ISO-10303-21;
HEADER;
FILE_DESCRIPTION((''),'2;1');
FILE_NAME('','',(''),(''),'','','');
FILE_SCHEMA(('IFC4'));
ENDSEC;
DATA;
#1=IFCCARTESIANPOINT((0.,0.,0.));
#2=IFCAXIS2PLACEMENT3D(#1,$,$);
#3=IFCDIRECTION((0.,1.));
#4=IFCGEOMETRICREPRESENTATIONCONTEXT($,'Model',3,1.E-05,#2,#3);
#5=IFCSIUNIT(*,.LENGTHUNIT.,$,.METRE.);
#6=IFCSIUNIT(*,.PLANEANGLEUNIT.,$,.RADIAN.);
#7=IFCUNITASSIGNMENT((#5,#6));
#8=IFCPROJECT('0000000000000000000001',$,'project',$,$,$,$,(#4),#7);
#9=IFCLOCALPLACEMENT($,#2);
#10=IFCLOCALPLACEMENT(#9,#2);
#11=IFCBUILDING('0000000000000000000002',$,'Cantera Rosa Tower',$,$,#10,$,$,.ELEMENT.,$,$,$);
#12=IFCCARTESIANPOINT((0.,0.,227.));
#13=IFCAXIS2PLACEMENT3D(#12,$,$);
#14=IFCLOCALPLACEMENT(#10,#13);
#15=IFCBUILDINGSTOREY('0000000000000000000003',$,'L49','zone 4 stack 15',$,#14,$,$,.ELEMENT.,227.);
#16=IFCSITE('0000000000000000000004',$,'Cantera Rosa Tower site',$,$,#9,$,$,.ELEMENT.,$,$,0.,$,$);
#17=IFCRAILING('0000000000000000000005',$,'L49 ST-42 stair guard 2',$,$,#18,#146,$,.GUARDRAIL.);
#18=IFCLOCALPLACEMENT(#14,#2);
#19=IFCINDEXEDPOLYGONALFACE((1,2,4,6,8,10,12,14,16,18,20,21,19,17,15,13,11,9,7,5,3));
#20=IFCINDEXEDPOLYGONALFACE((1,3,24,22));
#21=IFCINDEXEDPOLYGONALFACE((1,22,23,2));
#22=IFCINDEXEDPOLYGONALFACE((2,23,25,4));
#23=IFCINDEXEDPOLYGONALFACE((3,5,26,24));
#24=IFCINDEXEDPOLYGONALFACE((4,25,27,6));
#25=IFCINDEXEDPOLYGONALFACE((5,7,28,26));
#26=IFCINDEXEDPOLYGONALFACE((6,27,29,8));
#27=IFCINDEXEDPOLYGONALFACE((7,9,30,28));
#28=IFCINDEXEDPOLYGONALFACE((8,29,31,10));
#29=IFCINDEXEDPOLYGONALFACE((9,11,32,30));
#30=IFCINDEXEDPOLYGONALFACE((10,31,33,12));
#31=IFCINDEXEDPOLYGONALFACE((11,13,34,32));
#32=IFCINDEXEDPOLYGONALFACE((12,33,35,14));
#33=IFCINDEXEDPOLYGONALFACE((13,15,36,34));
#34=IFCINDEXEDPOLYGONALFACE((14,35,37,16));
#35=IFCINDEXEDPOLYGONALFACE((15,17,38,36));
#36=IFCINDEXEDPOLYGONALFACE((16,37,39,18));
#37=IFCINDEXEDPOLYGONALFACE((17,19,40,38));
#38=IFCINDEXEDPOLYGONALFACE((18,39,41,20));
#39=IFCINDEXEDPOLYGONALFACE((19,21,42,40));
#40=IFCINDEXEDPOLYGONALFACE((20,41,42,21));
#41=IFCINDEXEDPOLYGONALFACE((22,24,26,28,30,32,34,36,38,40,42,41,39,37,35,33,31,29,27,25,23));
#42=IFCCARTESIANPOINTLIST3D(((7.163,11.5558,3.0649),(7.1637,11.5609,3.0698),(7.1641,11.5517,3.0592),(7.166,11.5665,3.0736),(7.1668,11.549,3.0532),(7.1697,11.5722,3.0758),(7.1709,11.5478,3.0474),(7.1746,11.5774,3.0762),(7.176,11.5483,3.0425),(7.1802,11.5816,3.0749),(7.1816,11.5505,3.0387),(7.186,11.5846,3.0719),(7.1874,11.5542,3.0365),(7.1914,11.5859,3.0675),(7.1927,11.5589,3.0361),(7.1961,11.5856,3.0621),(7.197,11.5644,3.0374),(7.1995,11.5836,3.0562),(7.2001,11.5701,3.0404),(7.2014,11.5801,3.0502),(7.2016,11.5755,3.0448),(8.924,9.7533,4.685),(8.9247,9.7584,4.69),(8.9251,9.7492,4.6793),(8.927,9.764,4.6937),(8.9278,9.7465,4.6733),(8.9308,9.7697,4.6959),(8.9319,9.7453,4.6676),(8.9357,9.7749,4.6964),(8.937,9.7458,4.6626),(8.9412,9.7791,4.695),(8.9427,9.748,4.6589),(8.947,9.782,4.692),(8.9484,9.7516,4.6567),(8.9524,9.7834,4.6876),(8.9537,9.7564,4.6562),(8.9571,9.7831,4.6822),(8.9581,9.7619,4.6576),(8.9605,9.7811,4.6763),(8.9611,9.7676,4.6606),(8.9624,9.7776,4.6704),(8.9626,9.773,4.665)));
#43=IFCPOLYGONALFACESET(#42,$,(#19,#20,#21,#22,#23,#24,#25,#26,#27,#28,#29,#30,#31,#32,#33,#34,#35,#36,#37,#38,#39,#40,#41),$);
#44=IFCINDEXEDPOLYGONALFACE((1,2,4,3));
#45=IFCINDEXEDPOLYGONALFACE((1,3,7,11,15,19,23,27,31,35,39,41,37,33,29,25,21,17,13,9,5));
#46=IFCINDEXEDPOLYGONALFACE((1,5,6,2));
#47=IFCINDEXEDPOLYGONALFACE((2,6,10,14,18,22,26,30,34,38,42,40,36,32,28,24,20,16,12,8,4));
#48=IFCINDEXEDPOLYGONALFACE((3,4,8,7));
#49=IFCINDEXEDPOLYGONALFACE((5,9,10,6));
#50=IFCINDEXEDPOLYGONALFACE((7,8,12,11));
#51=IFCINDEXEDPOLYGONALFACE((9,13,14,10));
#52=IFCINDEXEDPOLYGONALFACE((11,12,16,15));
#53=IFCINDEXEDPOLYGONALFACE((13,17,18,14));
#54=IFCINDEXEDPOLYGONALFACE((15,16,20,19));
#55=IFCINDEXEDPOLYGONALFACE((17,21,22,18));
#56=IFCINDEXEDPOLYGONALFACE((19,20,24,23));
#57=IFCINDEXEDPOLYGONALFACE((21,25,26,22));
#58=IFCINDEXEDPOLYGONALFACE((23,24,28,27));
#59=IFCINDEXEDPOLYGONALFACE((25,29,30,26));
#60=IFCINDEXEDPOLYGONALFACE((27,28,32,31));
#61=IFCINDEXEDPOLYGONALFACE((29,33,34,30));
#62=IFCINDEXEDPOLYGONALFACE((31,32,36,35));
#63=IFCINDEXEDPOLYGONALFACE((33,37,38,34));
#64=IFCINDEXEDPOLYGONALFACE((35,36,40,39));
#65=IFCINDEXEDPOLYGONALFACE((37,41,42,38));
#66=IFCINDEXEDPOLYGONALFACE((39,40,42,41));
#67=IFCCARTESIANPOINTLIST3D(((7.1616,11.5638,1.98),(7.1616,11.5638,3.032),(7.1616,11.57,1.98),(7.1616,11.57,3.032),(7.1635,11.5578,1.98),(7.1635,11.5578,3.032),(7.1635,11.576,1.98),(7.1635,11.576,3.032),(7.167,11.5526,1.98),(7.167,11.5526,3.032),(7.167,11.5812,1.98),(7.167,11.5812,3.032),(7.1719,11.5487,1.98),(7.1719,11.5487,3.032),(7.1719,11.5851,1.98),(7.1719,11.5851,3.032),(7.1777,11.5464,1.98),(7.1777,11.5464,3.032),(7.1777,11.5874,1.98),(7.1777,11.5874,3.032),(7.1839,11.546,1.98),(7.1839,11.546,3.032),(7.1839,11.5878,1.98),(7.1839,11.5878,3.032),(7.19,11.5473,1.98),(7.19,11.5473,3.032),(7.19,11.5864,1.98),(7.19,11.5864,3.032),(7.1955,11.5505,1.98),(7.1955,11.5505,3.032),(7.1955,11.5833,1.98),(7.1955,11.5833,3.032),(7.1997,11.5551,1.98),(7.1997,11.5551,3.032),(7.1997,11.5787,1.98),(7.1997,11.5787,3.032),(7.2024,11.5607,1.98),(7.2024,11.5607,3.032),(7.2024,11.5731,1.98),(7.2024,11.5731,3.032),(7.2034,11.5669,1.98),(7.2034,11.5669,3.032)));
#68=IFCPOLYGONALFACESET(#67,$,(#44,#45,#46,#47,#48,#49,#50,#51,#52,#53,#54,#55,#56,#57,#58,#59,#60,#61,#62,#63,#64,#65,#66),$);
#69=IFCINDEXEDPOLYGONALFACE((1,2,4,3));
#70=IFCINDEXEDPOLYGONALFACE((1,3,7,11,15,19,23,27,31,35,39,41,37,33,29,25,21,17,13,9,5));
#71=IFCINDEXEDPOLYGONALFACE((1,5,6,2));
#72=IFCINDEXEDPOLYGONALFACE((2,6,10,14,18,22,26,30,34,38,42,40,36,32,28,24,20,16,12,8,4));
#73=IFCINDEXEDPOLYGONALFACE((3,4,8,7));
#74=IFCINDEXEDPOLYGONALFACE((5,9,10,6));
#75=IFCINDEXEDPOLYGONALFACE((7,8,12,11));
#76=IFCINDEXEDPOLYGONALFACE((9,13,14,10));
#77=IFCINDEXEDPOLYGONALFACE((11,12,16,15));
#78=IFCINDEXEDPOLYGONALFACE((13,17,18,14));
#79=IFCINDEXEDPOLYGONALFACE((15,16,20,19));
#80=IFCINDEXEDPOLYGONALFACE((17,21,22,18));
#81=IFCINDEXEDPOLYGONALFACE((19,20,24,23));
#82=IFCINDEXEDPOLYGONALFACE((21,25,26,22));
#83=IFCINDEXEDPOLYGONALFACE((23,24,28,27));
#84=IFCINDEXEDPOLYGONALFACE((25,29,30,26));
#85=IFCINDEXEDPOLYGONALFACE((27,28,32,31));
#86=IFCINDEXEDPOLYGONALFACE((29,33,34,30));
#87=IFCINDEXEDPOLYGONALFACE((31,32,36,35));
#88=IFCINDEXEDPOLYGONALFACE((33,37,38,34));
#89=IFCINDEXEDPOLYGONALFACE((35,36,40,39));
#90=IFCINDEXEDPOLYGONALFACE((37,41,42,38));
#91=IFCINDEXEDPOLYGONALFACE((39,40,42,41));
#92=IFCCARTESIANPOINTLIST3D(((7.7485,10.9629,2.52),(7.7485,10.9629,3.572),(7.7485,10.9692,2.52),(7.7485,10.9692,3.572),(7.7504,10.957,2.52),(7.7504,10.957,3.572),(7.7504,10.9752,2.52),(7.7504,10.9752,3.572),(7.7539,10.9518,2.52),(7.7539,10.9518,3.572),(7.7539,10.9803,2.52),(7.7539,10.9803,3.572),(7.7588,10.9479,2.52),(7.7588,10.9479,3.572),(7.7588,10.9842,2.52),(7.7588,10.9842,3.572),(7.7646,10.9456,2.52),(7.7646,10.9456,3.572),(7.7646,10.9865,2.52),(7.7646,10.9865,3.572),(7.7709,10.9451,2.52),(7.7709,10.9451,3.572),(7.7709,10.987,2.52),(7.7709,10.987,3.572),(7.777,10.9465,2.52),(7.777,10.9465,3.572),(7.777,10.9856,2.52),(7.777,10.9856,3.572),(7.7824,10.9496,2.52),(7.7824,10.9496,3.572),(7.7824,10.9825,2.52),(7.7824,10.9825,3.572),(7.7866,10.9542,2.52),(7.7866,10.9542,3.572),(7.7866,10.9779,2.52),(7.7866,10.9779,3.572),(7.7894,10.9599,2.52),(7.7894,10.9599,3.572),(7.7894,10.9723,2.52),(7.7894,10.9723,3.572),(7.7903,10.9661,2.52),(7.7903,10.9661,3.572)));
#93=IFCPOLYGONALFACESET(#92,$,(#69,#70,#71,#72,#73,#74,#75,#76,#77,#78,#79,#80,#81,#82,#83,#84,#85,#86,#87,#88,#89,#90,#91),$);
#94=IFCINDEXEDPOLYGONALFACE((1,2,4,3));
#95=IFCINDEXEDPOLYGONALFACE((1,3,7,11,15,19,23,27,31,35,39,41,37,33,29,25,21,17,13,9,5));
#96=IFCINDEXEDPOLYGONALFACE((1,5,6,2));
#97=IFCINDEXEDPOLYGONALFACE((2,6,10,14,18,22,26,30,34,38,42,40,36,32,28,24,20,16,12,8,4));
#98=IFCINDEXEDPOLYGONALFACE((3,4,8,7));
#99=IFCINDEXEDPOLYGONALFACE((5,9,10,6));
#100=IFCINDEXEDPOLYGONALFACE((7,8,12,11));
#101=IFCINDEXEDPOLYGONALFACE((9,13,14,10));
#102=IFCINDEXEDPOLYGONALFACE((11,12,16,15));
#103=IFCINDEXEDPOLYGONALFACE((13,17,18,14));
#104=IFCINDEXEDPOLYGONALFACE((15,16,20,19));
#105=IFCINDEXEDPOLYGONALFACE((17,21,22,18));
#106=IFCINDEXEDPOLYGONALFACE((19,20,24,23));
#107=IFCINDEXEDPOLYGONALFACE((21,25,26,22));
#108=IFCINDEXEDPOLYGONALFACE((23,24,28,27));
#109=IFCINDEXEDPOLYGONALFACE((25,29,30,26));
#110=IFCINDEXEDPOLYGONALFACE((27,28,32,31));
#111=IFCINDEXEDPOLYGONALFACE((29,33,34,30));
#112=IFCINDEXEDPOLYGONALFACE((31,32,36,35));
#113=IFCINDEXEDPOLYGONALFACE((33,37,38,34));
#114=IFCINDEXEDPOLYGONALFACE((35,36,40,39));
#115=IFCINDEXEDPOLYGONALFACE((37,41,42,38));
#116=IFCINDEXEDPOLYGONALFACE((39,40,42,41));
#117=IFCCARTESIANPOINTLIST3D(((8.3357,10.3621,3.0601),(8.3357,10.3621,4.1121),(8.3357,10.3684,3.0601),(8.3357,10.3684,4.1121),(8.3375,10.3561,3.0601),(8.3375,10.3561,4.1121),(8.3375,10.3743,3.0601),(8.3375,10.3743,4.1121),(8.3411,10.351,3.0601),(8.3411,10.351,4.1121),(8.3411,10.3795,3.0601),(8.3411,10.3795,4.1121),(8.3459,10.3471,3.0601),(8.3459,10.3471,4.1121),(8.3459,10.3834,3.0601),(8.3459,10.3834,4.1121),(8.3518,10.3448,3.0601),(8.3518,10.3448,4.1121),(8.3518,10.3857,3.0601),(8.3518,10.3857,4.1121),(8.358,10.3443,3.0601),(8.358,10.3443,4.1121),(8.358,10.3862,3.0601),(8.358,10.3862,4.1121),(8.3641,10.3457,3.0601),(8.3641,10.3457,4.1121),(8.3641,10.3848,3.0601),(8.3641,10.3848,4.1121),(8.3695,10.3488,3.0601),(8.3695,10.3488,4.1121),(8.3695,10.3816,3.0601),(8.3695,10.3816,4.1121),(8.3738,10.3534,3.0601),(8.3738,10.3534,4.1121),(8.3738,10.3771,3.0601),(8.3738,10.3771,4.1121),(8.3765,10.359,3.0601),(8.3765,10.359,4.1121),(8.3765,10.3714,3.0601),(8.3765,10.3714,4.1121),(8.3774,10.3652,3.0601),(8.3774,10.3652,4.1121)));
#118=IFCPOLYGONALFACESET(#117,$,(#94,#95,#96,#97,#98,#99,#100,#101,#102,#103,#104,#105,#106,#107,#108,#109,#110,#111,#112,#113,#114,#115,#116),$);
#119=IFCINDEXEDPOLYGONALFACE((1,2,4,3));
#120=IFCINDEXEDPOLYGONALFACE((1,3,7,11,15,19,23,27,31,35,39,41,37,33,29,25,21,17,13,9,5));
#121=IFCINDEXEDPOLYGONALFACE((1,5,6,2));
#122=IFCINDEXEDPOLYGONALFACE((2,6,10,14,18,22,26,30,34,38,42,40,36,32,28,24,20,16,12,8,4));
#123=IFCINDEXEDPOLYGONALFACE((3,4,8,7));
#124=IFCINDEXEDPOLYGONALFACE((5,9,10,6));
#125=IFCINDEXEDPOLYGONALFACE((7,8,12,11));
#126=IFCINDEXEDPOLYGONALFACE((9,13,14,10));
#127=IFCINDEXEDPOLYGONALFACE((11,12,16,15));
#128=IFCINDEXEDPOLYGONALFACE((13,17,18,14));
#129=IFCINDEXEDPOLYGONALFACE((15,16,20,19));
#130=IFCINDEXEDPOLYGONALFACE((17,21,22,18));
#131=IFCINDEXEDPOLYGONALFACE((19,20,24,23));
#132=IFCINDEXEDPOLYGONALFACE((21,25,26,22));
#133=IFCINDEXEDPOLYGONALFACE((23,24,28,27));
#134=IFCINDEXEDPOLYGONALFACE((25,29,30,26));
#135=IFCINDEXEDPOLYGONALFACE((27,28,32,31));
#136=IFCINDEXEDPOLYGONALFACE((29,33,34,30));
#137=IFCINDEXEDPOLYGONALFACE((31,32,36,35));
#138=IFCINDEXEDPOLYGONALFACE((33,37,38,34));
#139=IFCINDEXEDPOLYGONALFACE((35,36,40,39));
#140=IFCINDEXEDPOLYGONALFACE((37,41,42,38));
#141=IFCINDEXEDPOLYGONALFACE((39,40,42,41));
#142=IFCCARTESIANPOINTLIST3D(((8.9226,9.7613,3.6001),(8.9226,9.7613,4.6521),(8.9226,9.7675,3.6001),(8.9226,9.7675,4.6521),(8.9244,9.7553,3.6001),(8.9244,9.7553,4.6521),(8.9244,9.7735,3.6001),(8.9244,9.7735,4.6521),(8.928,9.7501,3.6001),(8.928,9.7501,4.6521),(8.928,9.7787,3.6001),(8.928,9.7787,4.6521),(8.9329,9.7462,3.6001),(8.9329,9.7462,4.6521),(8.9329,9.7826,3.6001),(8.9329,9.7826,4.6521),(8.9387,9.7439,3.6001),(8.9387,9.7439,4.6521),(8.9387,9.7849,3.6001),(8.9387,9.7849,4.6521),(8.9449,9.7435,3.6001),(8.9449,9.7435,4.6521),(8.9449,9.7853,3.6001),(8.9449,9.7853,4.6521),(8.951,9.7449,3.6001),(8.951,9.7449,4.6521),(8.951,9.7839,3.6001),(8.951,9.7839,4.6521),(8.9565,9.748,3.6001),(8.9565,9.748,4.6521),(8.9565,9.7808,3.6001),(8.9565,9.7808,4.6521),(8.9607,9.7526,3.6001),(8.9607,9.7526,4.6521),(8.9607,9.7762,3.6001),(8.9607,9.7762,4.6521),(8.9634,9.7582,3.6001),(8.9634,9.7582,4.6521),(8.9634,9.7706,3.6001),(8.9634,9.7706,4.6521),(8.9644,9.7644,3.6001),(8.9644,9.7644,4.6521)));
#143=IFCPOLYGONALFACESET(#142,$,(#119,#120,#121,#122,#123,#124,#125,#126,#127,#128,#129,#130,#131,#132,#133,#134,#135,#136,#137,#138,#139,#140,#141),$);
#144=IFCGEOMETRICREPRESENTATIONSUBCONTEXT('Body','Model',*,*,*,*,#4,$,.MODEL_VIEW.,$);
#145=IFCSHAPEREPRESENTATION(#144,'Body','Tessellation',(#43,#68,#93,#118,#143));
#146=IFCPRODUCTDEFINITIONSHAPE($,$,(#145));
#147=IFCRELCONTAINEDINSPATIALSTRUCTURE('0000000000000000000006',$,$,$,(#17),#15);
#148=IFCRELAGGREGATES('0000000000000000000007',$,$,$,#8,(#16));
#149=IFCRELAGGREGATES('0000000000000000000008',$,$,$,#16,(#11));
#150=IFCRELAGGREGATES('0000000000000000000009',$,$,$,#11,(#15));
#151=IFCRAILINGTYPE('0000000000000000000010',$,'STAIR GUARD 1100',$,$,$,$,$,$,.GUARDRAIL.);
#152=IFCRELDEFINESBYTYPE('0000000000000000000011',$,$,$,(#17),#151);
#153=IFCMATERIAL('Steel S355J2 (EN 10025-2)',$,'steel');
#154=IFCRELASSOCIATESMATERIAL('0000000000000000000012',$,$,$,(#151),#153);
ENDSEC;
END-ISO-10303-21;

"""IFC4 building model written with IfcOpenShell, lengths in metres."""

from ifc_helpers import new_model, si_unit, direction, frame, origin, origin_2d, place, context, subcontext, project, spatial, circle, extrude, material, type_object, element, save


model = new_model("IFC4")

# Units and contexts
model_context = context("Model", 3, precision=1e-05, world=origin(), true_north=direction((0.0, 1.0)))
body_context = subcontext(model_context, "Body", "Model", "MODEL_VIEW")
ifc_project = project(units=[si_unit("LENGTHUNIT", "METRE"), si_unit("PLANEANGLEUNIT", "RADIAN")], contexts=[model_context])

# Site, building, storey
site_placement = place(None, origin())
site = spatial("IfcSite", under=ifc_project, at=site_placement, Name="Cantera Rosa Tower site", CompositionType="ELEMENT", RefElevation=0.0)
building_placement = place(site_placement, origin())
building = spatial("IfcBuilding", under=site, at=building_placement, Name="Cantera Rosa Tower", CompositionType="ELEMENT")
storey_placement = place(building_placement, frame((0.0, 0.0, 227.0)))
storey = spatial("IfcBuildingStorey", under=building, at=storey_placement, Name="L49", Description="zone 4 stack 15", CompositionType="ELEMENT", Elevation=227.0)

# Railing
ifc_material_1 = material(Name="Steel S355J2 (EN 10025-2)", Category="steel")
railing_type_1 = type_object("IfcRailingType", Name="STAIR GUARD 1100", PredefinedType="GUARDRAIL", material=ifc_material_1)
railing_1_placement = place(storey_placement, frame((7.1824, 11.5669, 1.98)))
element("IfcRailing", 1, at=railing_1_placement, inside=storey, type_object=railing_type_1, Name="L49 ST-42 stair guard 2", PredefinedType="GUARDRAIL", context=body_context, shape_type="SweptSolid", body=[
    extrude(circle(Radius=0.0239, at=origin_2d()), frame((0.0, 0.0, 1.0762), z_axis=(0.587818, -0.601672, 0.540796), x_axis=(0.715294, 0.698824, 0.0)), (0.0, 0.0, 1.0), 2.9958),
    extrude(circle(Radius=0.021, at=origin_2d()), origin(), (0.0, 0.0, 1.0), 1.052),
    extrude(circle(Radius=0.021, at=origin_2d()), frame((0.5869, -0.6008, 0.54)), (0.0, 0.0, 1.0), 1.052),
    extrude(circle(Radius=0.021, at=origin_2d()), frame((1.1741, -1.2017, 1.0801)), (0.0, 0.0, 1.0), 1.052),
    extrude(circle(Radius=0.021, at=origin_2d()), frame((1.761, -1.8025, 1.6201)), (0.0, 0.0, 1.0), 1.052),
])

save(model, "model.ifc")
